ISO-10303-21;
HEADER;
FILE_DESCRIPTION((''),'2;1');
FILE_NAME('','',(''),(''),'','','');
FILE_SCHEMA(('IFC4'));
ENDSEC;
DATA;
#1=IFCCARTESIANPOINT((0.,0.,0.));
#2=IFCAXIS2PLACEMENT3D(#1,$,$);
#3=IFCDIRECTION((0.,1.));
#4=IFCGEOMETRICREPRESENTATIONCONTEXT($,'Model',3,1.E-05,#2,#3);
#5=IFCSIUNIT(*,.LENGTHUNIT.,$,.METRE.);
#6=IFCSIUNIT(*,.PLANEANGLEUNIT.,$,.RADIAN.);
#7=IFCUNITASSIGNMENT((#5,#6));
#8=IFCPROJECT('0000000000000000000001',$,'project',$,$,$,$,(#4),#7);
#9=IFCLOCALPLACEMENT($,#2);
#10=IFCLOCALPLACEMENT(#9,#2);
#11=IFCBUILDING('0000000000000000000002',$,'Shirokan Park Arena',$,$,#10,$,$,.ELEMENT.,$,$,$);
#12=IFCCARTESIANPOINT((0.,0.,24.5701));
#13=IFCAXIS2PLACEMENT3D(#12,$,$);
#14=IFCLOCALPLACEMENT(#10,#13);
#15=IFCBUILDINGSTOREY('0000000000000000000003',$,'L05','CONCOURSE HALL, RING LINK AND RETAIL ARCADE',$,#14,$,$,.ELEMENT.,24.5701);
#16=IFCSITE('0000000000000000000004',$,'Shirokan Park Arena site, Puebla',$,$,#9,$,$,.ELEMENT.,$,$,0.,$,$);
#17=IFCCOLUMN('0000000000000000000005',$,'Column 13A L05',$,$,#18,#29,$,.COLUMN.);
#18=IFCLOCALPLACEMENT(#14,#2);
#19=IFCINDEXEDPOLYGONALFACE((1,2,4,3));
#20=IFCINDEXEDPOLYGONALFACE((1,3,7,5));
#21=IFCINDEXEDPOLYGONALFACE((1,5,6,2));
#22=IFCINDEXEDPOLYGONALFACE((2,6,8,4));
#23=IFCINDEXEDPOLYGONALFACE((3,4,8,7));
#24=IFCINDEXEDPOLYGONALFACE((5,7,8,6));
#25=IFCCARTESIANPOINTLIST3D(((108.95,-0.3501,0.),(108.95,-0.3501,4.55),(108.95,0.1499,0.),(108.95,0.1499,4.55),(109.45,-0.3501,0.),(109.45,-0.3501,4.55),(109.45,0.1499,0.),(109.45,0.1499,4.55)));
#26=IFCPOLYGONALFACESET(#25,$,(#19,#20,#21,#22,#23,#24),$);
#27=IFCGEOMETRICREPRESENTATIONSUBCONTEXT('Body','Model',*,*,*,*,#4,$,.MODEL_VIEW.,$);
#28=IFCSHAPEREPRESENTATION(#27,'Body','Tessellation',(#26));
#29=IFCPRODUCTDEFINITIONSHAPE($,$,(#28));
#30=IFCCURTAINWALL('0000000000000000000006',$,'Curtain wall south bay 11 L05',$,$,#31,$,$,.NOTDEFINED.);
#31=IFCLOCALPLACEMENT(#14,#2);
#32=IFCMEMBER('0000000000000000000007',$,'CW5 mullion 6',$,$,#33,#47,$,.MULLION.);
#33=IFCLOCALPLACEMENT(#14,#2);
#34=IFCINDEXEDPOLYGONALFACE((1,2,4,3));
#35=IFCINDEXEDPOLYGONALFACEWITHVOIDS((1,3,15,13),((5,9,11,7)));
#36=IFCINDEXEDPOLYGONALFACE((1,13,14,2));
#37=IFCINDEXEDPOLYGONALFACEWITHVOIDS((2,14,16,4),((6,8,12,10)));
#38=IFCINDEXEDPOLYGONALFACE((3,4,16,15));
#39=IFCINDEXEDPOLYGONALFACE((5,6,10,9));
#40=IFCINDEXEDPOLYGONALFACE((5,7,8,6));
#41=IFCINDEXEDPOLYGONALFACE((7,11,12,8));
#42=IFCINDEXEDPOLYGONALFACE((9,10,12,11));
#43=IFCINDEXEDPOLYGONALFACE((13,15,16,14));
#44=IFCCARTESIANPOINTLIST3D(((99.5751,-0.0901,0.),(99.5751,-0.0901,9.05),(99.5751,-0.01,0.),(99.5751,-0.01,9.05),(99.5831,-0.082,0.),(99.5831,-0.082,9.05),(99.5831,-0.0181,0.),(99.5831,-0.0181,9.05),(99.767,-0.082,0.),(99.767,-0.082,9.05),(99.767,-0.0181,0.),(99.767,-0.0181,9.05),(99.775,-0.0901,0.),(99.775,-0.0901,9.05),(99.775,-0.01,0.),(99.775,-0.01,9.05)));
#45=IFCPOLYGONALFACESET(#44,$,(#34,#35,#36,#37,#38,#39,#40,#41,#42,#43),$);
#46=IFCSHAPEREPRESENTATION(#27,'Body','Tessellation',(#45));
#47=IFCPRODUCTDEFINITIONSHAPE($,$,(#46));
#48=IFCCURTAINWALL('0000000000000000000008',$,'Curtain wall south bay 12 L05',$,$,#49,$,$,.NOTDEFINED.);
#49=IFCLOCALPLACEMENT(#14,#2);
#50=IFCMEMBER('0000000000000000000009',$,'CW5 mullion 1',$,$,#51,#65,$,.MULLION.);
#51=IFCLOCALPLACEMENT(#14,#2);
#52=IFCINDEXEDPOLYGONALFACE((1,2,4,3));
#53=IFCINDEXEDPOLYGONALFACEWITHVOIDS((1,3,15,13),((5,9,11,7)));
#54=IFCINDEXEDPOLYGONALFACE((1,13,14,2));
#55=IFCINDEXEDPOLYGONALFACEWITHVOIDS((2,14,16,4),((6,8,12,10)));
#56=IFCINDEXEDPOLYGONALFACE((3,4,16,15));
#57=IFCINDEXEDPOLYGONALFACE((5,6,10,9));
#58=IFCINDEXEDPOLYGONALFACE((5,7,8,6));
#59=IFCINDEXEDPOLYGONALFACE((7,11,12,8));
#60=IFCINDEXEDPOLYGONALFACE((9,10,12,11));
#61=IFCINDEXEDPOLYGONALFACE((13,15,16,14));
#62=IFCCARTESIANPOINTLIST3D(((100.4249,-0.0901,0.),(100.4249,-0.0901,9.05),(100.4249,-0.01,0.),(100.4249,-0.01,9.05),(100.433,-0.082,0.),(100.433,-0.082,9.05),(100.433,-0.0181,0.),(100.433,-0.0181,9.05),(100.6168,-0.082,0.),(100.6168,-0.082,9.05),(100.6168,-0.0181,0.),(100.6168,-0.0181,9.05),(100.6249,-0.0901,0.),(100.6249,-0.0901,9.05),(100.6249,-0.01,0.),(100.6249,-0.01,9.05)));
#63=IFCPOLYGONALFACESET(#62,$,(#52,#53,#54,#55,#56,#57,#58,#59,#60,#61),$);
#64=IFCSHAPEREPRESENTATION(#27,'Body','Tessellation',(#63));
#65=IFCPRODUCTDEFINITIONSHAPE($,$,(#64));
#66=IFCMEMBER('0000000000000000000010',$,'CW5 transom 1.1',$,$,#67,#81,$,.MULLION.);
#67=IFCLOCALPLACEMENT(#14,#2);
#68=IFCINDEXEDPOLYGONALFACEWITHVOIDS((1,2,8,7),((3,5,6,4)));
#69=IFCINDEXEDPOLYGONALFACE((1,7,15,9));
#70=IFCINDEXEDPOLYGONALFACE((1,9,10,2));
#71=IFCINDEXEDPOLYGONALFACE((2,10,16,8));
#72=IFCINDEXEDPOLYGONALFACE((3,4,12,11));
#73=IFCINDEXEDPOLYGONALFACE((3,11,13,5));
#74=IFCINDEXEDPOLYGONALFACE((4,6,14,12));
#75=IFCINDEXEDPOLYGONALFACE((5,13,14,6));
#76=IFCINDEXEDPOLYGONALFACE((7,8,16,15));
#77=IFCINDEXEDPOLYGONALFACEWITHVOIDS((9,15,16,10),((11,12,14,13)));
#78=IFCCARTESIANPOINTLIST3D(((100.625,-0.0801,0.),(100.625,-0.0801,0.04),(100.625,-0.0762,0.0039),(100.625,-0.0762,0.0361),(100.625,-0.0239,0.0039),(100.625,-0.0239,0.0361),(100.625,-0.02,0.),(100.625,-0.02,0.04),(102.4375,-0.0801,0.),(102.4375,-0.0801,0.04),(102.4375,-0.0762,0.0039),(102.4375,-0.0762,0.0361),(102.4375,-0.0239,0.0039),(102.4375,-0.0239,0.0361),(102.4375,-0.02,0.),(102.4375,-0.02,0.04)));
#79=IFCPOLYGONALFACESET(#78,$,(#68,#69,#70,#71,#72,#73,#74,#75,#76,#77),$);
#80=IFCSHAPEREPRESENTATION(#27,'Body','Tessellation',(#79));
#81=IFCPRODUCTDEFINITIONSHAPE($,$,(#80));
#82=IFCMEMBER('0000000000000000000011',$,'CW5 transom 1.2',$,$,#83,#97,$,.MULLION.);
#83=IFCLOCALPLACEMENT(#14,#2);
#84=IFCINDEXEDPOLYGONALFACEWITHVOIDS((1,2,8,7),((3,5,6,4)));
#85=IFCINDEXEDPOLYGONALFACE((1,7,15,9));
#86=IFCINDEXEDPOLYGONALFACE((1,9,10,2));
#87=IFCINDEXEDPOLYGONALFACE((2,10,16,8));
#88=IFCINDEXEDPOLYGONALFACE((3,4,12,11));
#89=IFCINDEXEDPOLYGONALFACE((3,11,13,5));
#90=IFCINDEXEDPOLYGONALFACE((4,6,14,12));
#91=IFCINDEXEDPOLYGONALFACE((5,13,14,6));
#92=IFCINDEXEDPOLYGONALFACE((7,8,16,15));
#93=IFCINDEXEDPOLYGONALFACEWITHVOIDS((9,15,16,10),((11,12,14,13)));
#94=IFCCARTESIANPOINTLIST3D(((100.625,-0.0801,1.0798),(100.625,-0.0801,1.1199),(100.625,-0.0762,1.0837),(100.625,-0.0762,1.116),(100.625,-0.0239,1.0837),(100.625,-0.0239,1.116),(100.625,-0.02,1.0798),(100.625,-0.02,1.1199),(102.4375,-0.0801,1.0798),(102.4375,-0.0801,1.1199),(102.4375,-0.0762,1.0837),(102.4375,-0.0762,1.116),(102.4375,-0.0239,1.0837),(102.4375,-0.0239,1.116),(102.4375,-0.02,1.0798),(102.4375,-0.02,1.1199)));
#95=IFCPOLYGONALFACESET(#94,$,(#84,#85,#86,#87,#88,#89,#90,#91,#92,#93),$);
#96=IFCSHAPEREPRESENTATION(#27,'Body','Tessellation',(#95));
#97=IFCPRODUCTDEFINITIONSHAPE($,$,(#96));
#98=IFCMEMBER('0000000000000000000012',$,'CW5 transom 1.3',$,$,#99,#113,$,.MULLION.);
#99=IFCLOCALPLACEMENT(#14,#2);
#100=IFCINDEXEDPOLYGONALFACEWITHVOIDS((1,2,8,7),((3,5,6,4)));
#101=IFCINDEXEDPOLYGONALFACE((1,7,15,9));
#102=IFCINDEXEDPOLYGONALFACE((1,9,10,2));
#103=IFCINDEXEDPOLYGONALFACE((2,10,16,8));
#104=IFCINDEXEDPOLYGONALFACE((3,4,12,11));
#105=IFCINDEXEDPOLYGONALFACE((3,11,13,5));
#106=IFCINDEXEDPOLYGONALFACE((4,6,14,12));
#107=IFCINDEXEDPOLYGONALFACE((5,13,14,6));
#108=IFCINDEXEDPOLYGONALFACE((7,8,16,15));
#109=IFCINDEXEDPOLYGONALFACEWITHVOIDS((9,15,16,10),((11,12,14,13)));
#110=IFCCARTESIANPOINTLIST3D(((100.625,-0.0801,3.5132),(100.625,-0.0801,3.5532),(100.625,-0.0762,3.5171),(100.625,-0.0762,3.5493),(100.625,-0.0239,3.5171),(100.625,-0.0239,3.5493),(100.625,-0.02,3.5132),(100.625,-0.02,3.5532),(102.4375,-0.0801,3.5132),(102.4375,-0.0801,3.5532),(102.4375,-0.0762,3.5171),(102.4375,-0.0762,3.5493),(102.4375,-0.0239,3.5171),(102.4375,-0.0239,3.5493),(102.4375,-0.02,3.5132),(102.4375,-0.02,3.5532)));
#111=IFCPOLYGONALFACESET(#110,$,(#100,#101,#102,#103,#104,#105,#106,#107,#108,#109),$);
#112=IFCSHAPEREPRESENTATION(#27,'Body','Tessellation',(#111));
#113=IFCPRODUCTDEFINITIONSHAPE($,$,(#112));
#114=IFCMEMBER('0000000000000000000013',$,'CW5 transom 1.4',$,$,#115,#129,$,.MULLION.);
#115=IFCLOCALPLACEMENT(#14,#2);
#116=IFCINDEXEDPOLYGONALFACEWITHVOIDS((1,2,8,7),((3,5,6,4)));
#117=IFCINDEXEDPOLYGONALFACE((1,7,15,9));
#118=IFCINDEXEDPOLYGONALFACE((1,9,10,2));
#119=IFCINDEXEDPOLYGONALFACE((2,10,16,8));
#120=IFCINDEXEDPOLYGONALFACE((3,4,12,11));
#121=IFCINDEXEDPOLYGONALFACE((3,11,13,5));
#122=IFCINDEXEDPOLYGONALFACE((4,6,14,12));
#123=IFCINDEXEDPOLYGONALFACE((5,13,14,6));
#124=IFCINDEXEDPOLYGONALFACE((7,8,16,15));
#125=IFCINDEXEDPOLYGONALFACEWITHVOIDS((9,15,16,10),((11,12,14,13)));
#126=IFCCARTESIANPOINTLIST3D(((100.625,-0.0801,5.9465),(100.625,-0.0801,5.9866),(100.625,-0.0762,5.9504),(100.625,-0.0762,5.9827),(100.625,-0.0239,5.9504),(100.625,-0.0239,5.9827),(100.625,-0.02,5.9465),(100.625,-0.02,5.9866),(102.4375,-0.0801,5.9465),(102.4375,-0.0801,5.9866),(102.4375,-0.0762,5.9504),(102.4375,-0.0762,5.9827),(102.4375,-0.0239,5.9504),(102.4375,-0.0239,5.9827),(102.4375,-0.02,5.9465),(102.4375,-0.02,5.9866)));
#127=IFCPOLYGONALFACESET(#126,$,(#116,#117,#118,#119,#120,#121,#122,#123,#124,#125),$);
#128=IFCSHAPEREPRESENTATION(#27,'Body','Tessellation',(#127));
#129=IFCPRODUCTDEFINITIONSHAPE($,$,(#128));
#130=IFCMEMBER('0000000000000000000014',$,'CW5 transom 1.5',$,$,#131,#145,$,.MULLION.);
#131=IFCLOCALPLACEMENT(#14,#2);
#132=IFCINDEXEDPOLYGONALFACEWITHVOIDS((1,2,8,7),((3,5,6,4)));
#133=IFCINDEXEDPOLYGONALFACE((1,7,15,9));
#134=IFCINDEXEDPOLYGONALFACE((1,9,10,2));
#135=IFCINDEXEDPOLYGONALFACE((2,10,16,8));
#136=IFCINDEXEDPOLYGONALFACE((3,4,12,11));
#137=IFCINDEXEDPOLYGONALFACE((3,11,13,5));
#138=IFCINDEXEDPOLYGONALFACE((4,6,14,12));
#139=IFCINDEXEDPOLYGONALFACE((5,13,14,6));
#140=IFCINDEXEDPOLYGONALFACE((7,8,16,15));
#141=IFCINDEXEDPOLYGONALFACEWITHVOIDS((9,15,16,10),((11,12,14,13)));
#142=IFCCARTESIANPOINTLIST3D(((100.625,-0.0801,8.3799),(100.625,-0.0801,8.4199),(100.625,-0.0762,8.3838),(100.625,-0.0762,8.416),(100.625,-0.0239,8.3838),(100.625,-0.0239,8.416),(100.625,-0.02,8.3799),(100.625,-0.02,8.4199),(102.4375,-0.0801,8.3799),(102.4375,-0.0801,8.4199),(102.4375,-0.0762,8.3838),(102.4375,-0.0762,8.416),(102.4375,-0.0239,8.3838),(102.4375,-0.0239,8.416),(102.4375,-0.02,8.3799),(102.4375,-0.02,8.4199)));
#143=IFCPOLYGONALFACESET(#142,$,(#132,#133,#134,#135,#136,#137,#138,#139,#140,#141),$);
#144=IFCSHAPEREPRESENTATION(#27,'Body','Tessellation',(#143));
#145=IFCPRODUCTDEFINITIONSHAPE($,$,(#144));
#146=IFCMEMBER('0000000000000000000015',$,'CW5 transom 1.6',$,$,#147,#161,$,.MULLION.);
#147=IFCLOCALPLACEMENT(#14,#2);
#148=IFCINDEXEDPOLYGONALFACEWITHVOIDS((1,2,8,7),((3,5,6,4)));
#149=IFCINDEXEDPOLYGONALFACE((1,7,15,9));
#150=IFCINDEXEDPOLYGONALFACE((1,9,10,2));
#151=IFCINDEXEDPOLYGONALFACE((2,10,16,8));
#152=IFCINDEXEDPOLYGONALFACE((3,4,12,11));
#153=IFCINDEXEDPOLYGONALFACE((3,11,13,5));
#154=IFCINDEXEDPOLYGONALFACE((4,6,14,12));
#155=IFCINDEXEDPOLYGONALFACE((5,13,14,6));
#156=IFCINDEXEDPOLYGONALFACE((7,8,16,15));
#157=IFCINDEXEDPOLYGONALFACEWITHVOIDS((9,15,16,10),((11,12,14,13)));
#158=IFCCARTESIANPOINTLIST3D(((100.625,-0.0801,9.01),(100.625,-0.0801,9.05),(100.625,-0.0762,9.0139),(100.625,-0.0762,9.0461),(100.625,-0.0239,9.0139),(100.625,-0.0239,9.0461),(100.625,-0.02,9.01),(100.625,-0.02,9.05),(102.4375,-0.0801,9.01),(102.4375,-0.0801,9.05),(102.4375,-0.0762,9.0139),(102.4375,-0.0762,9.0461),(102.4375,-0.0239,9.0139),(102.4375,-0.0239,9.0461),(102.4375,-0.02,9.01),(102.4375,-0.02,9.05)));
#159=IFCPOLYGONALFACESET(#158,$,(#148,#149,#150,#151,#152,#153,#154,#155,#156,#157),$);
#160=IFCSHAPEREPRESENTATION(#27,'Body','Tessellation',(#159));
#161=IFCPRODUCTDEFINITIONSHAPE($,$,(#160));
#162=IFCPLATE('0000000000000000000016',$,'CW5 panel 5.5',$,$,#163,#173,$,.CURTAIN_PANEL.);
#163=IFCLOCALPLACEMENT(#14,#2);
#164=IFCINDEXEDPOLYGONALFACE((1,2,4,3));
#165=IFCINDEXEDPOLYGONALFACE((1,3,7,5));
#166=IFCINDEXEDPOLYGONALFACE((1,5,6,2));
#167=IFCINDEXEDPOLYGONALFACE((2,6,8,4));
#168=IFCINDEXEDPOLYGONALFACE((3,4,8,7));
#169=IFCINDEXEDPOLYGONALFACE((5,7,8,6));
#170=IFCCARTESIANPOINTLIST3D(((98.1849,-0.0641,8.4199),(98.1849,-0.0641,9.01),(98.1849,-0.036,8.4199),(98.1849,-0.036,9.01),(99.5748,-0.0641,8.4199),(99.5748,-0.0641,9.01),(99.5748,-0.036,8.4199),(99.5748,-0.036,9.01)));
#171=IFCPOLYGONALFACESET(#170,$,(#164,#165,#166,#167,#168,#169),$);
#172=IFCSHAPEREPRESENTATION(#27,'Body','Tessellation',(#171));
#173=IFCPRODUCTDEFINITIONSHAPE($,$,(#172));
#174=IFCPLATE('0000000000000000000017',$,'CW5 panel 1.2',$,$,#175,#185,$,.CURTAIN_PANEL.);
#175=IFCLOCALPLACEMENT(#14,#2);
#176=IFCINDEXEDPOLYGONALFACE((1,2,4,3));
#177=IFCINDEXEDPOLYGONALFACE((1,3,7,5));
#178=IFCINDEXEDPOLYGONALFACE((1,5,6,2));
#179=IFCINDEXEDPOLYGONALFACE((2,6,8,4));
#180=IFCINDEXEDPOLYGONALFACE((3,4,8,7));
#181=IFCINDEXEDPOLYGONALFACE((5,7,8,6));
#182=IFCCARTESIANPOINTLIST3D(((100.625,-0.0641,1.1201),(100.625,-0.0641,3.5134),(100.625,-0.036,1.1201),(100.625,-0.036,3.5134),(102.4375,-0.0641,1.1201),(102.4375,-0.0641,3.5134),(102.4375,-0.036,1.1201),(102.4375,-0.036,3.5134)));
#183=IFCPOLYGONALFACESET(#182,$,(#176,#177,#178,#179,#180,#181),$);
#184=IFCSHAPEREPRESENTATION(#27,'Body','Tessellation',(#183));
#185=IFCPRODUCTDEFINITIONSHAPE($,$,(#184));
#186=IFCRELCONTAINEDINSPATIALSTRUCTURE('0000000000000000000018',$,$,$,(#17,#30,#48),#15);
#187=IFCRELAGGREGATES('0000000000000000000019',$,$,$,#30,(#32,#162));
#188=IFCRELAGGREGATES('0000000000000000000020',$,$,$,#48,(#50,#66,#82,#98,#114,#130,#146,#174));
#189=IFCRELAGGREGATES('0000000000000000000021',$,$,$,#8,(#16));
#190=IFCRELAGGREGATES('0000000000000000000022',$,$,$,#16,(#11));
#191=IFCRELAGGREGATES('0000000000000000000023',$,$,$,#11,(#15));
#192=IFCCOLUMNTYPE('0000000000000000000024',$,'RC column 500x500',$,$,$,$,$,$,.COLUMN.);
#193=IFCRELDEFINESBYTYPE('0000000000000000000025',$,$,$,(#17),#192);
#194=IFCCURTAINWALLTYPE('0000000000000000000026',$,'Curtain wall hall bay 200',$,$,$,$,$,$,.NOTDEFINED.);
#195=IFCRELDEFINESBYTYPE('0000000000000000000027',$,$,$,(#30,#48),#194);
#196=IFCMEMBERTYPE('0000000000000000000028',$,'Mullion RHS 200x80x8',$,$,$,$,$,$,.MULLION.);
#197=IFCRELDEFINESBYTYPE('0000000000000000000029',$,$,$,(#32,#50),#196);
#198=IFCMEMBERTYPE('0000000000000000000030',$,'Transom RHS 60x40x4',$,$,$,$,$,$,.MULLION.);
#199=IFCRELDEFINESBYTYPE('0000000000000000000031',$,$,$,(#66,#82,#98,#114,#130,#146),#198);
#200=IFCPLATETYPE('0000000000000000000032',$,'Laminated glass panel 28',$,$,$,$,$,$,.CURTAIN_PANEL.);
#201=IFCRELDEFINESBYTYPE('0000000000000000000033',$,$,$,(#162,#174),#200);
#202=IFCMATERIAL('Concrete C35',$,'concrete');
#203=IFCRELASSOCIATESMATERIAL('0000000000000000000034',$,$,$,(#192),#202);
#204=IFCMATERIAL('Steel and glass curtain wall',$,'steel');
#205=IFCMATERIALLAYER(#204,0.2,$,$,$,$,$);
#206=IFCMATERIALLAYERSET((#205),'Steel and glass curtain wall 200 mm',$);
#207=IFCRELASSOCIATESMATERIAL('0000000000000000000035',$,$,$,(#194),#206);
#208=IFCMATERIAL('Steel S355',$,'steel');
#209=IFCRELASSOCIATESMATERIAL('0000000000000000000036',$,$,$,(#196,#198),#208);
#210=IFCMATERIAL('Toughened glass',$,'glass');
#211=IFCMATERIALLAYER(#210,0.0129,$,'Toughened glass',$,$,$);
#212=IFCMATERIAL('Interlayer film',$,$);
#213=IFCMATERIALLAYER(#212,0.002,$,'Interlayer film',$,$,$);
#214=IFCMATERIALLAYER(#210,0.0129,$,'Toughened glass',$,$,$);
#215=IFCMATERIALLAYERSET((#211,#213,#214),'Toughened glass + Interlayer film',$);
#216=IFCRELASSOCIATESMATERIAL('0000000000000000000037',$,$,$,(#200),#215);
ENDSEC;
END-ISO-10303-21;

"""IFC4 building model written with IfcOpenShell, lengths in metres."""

from ifc_helpers import new_model, si_unit, direction, frame, origin, origin_2d, place, context, subcontext, project, spatial, rectangle, hollow_rectangle, extrude, material, layer, layer_set, material_profile, profile_set, type_object, element, aggregate, save


model = new_model("IFC4")

# Units and contexts
model_context = context("Model", 3, precision=1e-05, world=origin(), true_north=direction((0.0, 1.0)))
body_context = subcontext(model_context, "Body", "Model", "MODEL_VIEW")
ifc_project = project(units=[si_unit("LENGTHUNIT", "METRE"), si_unit("PLANEANGLEUNIT", "RADIAN")], contexts=[model_context])

# Site, building, storey
site_placement = place(None, origin())
site = spatial("IfcSite", under=ifc_project, at=site_placement, Name="Shirokan Park Arena site, Puebla", CompositionType="ELEMENT", RefElevation=0.0)
building_placement = place(site_placement, origin())
building = spatial("IfcBuilding", under=site, at=building_placement, Name="Shirokan Park Arena", CompositionType="ELEMENT")
storey_placement = place(building_placement, frame((0.0, 0.0, 24.5701)))
storey = spatial("IfcBuildingStorey", under=building, at=storey_placement, Name="L05", Description="CONCOURSE HALL, RING LINK AND RETAIL ARCADE", CompositionType="ELEMENT", Elevation=24.5701)

# Column
ifc_material_1 = material(Name="Concrete C35", Category="concrete")
ifc_material_profile_1 = material_profile(ifc_material_1, rectangle(XDim=0.5, YDim=0.5, at=origin_2d()), Name="500x500")
ifc_profile_set_1 = profile_set([ifc_material_profile_1], Name="Concrete C35")
column_type = type_object("IfcColumnType", Name="RC column 500x500", PredefinedType="COLUMN", material=ifc_profile_set_1)
column_placement = place(storey_placement, frame((109.2, -0.1001, 0.0), z_axis=(0.0, 0.0, 1.0), x_axis=(1.0, 0.0, 0.0)))
element("IfcColumn", 1, at=column_placement, inside=storey, type_object=column_type, Name="Column 13A L05", PredefinedType="COLUMN", context=body_context, shape_type="SweptSolid", body=[
    extrude(rectangle(XDim=0.5, YDim=0.5, at=origin_2d()), origin(), (0.0, 0.0, 1.0), 4.55),
])

# Curtain wall, member
ifc_material_2 = material(Name="Steel and glass curtain wall", Category="steel")
ifc_layer_1 = layer(ifc_material_2, 0.2)
ifc_layer_set_1 = layer_set([ifc_layer_1], Name="Steel and glass curtain wall 200 mm")
curtain_wall_type = type_object("IfcCurtainWallType", Name="Curtain wall hall bay 200", PredefinedType="NOTDEFINED", material=ifc_layer_set_1)
curtain_wall_1_placement = place(storey_placement, origin())
curtain_wall_1 = element("IfcCurtainWall", 2, at=curtain_wall_1_placement, inside=storey, type_object=curtain_wall_type, Name="Curtain wall south bay 11 L05", PredefinedType="NOTDEFINED")
ifc_material_3 = material(Name="Steel S355", Category="steel")
ifc_material_profile_2 = material_profile(ifc_material_3, hollow_rectangle(XDim=0.0801, YDim=0.2, WallThickness=0.0081, at=origin_2d()), Name="RHS 200x80x8")
ifc_profile_set_2 = profile_set([ifc_material_profile_2], Name="Steel S355")
member_type_1 = type_object("IfcMemberType", Name="Mullion RHS 200x80x8", PredefinedType="MULLION", material=ifc_profile_set_2)
member_1_placement = place(storey_placement, frame((99.675, -0.05, 0.0), z_axis=(0.0, 0.0, 1.0), x_axis=(0.0, 1.0, 0.0)))
member_1 = element("IfcMember", 3, at=member_1_placement, type_object=member_type_1, Name="CW5 mullion 6", PredefinedType="MULLION", context=body_context, shape_type="SweptSolid", body=[
    extrude(hollow_rectangle(XDim=0.0801, YDim=0.2, WallThickness=0.0081, at=origin_2d()), origin(), (0.0, 0.0, 1.0), 9.05),
])

# Curtain wall, members
curtain_wall_2_placement = place(storey_placement, origin())
curtain_wall_2 = element("IfcCurtainWall", 4, at=curtain_wall_2_placement, inside=storey, type_object=curtain_wall_type, Name="Curtain wall south bay 12 L05", PredefinedType="NOTDEFINED")
member_2_placement = place(storey_placement, frame((100.5249, -0.05, 0.0), z_axis=(0.0, 0.0, 1.0), x_axis=(0.0, 1.0, 0.0)))
member_2 = element("IfcMember", 5, at=member_2_placement, type_object=member_type_1, Name="CW5 mullion 1", PredefinedType="MULLION", context=body_context, shape_type="SweptSolid", body=[
    extrude(hollow_rectangle(XDim=0.0801, YDim=0.2, WallThickness=0.0081, at=origin_2d()), origin(), (0.0, 0.0, 1.0), 9.05),
])
ifc_material_profile_3 = material_profile(ifc_material_3, hollow_rectangle(XDim=0.0601, YDim=0.04, WallThickness=0.0039, at=origin_2d()), Name="RHS 60x40x4")
ifc_profile_set_3 = profile_set([ifc_material_profile_3], Name="Steel S355")
member_type_2 = type_object("IfcMemberType", Name="Transom RHS 60x40x4", PredefinedType="MULLION", material=ifc_profile_set_3)
member_3_placement = place(storey_placement, frame((100.625, -0.05, 0.02), z_axis=(1.0, 0.0, 0.0), x_axis=(0.0, 1.0, 0.0)))
member_3 = element("IfcMember", 6, at=member_3_placement, type_object=member_type_2, Name="CW5 transom 1.1", PredefinedType="MULLION", context=body_context, shape_type="SweptSolid", body=[
    extrude(hollow_rectangle(XDim=0.0601, YDim=0.04, WallThickness=0.0039, at=origin_2d()), origin(), (0.0, 0.0, 1.0), 1.8125),
])
member_4_placement = place(storey_placement, frame((100.625, -0.05, 1.0999), z_axis=(1.0, 0.0, 0.0), x_axis=(0.0, 1.0, 0.0)))
member_4 = element("IfcMember", 7, at=member_4_placement, type_object=member_type_2, Name="CW5 transom 1.2", PredefinedType="MULLION", context=body_context, shape_type="SweptSolid", body=[
    extrude(hollow_rectangle(XDim=0.0601, YDim=0.04, WallThickness=0.0039, at=origin_2d()), origin(), (0.0, 0.0, 1.0), 1.8125),
])
member_5_placement = place(storey_placement, frame((100.625, -0.05, 3.5332), z_axis=(1.0, 0.0, 0.0), x_axis=(0.0, 1.0, 0.0)))
member_5 = element("IfcMember", 8, at=member_5_placement, type_object=member_type_2, Name="CW5 transom 1.3", PredefinedType="MULLION", context=body_context, shape_type="SweptSolid", body=[
    extrude(hollow_rectangle(XDim=0.0601, YDim=0.04, WallThickness=0.0039, at=origin_2d()), origin(), (0.0, 0.0, 1.0), 1.8125),
])
member_6_placement = place(storey_placement, frame((100.625, -0.05, 5.9666), z_axis=(1.0, 0.0, 0.0), x_axis=(0.0, 1.0, 0.0)))
member_6 = element("IfcMember", 9, at=member_6_placement, type_object=member_type_2, Name="CW5 transom 1.4", PredefinedType="MULLION", context=body_context, shape_type="SweptSolid", body=[
    extrude(hollow_rectangle(XDim=0.0601, YDim=0.04, WallThickness=0.0039, at=origin_2d()), origin(), (0.0, 0.0, 1.0), 1.8125),
])
member_7_placement = place(storey_placement, frame((100.625, -0.05, 8.3999), z_axis=(1.0, 0.0, 0.0), x_axis=(0.0, 1.0, 0.0)))
member_7 = element("IfcMember", 10, at=member_7_placement, type_object=member_type_2, Name="CW5 transom 1.5", PredefinedType="MULLION", context=body_context, shape_type="SweptSolid", body=[
    extrude(hollow_rectangle(XDim=0.0601, YDim=0.04, WallThickness=0.0039, at=origin_2d()), origin(), (0.0, 0.0, 1.0), 1.8125),
])
member_8_placement = place(storey_placement, frame((100.625, -0.05, 9.03), z_axis=(1.0, 0.0, 0.0), x_axis=(0.0, 1.0, 0.0)))
member_8 = element("IfcMember", 11, at=member_8_placement, type_object=member_type_2, Name="CW5 transom 1.6", PredefinedType="MULLION", context=body_context, shape_type="SweptSolid", body=[
    extrude(hollow_rectangle(XDim=0.0601, YDim=0.04, WallThickness=0.0039, at=origin_2d()), origin(), (0.0, 0.0, 1.0), 1.8125),
])

# Plates
ifc_material_4 = material(Name="Toughened glass", Category="glass")
ifc_layer_2 = layer(ifc_material_4, 0.0129, Name="Toughened glass")
ifc_material_5 = material(Name="Interlayer film")
ifc_layer_3 = layer(ifc_material_5, 0.002, Name="Interlayer film")
ifc_layer_4 = layer(ifc_material_4, 0.0129, Name="Toughened glass")
ifc_layer_set_2 = layer_set([ifc_layer_2, ifc_layer_3, ifc_layer_4], Name="Toughened glass + Interlayer film")
plate_type_1 = type_object("IfcPlateType", Name="Laminated glass panel 28", PredefinedType="CURTAIN_PANEL", material=ifc_layer_set_2)
plate_1_placement = place(storey_placement, frame((98.8799, -0.05, 8.4199), z_axis=(0.0, 0.0, 1.0), x_axis=(1.0, 0.0, 0.0)))
plate_1 = element("IfcPlate", 12, at=plate_1_placement, type_object=plate_type_1, Name="CW5 panel 5.5", PredefinedType="CURTAIN_PANEL", context=body_context, shape_type="SweptSolid", body=[
    extrude(rectangle(XDim=1.3899, YDim=0.0281, at=origin_2d()), origin(), (0.0, 0.0, 1.0), 0.5901),
])
aggregate(curtain_wall_1, [member_1, plate_1])
plate_2_placement = place(storey_placement, frame((101.5312, -0.05, 1.1201), z_axis=(0.0, 0.0, 1.0), x_axis=(1.0, 0.0, 0.0)))
plate_2 = element("IfcPlate", 13, at=plate_2_placement, type_object=plate_type_1, Name="CW5 panel 1.2", PredefinedType="CURTAIN_PANEL", context=body_context, shape_type="SweptSolid", body=[
    extrude(rectangle(XDim=1.8125, YDim=0.0281, at=origin_2d()), origin(), (0.0, 0.0, 1.0), 2.3933),
])
aggregate(curtain_wall_2, [member_2, member_3, member_4, member_5, member_6, member_7, member_8, plate_2])

save(model, "model.ifc")
